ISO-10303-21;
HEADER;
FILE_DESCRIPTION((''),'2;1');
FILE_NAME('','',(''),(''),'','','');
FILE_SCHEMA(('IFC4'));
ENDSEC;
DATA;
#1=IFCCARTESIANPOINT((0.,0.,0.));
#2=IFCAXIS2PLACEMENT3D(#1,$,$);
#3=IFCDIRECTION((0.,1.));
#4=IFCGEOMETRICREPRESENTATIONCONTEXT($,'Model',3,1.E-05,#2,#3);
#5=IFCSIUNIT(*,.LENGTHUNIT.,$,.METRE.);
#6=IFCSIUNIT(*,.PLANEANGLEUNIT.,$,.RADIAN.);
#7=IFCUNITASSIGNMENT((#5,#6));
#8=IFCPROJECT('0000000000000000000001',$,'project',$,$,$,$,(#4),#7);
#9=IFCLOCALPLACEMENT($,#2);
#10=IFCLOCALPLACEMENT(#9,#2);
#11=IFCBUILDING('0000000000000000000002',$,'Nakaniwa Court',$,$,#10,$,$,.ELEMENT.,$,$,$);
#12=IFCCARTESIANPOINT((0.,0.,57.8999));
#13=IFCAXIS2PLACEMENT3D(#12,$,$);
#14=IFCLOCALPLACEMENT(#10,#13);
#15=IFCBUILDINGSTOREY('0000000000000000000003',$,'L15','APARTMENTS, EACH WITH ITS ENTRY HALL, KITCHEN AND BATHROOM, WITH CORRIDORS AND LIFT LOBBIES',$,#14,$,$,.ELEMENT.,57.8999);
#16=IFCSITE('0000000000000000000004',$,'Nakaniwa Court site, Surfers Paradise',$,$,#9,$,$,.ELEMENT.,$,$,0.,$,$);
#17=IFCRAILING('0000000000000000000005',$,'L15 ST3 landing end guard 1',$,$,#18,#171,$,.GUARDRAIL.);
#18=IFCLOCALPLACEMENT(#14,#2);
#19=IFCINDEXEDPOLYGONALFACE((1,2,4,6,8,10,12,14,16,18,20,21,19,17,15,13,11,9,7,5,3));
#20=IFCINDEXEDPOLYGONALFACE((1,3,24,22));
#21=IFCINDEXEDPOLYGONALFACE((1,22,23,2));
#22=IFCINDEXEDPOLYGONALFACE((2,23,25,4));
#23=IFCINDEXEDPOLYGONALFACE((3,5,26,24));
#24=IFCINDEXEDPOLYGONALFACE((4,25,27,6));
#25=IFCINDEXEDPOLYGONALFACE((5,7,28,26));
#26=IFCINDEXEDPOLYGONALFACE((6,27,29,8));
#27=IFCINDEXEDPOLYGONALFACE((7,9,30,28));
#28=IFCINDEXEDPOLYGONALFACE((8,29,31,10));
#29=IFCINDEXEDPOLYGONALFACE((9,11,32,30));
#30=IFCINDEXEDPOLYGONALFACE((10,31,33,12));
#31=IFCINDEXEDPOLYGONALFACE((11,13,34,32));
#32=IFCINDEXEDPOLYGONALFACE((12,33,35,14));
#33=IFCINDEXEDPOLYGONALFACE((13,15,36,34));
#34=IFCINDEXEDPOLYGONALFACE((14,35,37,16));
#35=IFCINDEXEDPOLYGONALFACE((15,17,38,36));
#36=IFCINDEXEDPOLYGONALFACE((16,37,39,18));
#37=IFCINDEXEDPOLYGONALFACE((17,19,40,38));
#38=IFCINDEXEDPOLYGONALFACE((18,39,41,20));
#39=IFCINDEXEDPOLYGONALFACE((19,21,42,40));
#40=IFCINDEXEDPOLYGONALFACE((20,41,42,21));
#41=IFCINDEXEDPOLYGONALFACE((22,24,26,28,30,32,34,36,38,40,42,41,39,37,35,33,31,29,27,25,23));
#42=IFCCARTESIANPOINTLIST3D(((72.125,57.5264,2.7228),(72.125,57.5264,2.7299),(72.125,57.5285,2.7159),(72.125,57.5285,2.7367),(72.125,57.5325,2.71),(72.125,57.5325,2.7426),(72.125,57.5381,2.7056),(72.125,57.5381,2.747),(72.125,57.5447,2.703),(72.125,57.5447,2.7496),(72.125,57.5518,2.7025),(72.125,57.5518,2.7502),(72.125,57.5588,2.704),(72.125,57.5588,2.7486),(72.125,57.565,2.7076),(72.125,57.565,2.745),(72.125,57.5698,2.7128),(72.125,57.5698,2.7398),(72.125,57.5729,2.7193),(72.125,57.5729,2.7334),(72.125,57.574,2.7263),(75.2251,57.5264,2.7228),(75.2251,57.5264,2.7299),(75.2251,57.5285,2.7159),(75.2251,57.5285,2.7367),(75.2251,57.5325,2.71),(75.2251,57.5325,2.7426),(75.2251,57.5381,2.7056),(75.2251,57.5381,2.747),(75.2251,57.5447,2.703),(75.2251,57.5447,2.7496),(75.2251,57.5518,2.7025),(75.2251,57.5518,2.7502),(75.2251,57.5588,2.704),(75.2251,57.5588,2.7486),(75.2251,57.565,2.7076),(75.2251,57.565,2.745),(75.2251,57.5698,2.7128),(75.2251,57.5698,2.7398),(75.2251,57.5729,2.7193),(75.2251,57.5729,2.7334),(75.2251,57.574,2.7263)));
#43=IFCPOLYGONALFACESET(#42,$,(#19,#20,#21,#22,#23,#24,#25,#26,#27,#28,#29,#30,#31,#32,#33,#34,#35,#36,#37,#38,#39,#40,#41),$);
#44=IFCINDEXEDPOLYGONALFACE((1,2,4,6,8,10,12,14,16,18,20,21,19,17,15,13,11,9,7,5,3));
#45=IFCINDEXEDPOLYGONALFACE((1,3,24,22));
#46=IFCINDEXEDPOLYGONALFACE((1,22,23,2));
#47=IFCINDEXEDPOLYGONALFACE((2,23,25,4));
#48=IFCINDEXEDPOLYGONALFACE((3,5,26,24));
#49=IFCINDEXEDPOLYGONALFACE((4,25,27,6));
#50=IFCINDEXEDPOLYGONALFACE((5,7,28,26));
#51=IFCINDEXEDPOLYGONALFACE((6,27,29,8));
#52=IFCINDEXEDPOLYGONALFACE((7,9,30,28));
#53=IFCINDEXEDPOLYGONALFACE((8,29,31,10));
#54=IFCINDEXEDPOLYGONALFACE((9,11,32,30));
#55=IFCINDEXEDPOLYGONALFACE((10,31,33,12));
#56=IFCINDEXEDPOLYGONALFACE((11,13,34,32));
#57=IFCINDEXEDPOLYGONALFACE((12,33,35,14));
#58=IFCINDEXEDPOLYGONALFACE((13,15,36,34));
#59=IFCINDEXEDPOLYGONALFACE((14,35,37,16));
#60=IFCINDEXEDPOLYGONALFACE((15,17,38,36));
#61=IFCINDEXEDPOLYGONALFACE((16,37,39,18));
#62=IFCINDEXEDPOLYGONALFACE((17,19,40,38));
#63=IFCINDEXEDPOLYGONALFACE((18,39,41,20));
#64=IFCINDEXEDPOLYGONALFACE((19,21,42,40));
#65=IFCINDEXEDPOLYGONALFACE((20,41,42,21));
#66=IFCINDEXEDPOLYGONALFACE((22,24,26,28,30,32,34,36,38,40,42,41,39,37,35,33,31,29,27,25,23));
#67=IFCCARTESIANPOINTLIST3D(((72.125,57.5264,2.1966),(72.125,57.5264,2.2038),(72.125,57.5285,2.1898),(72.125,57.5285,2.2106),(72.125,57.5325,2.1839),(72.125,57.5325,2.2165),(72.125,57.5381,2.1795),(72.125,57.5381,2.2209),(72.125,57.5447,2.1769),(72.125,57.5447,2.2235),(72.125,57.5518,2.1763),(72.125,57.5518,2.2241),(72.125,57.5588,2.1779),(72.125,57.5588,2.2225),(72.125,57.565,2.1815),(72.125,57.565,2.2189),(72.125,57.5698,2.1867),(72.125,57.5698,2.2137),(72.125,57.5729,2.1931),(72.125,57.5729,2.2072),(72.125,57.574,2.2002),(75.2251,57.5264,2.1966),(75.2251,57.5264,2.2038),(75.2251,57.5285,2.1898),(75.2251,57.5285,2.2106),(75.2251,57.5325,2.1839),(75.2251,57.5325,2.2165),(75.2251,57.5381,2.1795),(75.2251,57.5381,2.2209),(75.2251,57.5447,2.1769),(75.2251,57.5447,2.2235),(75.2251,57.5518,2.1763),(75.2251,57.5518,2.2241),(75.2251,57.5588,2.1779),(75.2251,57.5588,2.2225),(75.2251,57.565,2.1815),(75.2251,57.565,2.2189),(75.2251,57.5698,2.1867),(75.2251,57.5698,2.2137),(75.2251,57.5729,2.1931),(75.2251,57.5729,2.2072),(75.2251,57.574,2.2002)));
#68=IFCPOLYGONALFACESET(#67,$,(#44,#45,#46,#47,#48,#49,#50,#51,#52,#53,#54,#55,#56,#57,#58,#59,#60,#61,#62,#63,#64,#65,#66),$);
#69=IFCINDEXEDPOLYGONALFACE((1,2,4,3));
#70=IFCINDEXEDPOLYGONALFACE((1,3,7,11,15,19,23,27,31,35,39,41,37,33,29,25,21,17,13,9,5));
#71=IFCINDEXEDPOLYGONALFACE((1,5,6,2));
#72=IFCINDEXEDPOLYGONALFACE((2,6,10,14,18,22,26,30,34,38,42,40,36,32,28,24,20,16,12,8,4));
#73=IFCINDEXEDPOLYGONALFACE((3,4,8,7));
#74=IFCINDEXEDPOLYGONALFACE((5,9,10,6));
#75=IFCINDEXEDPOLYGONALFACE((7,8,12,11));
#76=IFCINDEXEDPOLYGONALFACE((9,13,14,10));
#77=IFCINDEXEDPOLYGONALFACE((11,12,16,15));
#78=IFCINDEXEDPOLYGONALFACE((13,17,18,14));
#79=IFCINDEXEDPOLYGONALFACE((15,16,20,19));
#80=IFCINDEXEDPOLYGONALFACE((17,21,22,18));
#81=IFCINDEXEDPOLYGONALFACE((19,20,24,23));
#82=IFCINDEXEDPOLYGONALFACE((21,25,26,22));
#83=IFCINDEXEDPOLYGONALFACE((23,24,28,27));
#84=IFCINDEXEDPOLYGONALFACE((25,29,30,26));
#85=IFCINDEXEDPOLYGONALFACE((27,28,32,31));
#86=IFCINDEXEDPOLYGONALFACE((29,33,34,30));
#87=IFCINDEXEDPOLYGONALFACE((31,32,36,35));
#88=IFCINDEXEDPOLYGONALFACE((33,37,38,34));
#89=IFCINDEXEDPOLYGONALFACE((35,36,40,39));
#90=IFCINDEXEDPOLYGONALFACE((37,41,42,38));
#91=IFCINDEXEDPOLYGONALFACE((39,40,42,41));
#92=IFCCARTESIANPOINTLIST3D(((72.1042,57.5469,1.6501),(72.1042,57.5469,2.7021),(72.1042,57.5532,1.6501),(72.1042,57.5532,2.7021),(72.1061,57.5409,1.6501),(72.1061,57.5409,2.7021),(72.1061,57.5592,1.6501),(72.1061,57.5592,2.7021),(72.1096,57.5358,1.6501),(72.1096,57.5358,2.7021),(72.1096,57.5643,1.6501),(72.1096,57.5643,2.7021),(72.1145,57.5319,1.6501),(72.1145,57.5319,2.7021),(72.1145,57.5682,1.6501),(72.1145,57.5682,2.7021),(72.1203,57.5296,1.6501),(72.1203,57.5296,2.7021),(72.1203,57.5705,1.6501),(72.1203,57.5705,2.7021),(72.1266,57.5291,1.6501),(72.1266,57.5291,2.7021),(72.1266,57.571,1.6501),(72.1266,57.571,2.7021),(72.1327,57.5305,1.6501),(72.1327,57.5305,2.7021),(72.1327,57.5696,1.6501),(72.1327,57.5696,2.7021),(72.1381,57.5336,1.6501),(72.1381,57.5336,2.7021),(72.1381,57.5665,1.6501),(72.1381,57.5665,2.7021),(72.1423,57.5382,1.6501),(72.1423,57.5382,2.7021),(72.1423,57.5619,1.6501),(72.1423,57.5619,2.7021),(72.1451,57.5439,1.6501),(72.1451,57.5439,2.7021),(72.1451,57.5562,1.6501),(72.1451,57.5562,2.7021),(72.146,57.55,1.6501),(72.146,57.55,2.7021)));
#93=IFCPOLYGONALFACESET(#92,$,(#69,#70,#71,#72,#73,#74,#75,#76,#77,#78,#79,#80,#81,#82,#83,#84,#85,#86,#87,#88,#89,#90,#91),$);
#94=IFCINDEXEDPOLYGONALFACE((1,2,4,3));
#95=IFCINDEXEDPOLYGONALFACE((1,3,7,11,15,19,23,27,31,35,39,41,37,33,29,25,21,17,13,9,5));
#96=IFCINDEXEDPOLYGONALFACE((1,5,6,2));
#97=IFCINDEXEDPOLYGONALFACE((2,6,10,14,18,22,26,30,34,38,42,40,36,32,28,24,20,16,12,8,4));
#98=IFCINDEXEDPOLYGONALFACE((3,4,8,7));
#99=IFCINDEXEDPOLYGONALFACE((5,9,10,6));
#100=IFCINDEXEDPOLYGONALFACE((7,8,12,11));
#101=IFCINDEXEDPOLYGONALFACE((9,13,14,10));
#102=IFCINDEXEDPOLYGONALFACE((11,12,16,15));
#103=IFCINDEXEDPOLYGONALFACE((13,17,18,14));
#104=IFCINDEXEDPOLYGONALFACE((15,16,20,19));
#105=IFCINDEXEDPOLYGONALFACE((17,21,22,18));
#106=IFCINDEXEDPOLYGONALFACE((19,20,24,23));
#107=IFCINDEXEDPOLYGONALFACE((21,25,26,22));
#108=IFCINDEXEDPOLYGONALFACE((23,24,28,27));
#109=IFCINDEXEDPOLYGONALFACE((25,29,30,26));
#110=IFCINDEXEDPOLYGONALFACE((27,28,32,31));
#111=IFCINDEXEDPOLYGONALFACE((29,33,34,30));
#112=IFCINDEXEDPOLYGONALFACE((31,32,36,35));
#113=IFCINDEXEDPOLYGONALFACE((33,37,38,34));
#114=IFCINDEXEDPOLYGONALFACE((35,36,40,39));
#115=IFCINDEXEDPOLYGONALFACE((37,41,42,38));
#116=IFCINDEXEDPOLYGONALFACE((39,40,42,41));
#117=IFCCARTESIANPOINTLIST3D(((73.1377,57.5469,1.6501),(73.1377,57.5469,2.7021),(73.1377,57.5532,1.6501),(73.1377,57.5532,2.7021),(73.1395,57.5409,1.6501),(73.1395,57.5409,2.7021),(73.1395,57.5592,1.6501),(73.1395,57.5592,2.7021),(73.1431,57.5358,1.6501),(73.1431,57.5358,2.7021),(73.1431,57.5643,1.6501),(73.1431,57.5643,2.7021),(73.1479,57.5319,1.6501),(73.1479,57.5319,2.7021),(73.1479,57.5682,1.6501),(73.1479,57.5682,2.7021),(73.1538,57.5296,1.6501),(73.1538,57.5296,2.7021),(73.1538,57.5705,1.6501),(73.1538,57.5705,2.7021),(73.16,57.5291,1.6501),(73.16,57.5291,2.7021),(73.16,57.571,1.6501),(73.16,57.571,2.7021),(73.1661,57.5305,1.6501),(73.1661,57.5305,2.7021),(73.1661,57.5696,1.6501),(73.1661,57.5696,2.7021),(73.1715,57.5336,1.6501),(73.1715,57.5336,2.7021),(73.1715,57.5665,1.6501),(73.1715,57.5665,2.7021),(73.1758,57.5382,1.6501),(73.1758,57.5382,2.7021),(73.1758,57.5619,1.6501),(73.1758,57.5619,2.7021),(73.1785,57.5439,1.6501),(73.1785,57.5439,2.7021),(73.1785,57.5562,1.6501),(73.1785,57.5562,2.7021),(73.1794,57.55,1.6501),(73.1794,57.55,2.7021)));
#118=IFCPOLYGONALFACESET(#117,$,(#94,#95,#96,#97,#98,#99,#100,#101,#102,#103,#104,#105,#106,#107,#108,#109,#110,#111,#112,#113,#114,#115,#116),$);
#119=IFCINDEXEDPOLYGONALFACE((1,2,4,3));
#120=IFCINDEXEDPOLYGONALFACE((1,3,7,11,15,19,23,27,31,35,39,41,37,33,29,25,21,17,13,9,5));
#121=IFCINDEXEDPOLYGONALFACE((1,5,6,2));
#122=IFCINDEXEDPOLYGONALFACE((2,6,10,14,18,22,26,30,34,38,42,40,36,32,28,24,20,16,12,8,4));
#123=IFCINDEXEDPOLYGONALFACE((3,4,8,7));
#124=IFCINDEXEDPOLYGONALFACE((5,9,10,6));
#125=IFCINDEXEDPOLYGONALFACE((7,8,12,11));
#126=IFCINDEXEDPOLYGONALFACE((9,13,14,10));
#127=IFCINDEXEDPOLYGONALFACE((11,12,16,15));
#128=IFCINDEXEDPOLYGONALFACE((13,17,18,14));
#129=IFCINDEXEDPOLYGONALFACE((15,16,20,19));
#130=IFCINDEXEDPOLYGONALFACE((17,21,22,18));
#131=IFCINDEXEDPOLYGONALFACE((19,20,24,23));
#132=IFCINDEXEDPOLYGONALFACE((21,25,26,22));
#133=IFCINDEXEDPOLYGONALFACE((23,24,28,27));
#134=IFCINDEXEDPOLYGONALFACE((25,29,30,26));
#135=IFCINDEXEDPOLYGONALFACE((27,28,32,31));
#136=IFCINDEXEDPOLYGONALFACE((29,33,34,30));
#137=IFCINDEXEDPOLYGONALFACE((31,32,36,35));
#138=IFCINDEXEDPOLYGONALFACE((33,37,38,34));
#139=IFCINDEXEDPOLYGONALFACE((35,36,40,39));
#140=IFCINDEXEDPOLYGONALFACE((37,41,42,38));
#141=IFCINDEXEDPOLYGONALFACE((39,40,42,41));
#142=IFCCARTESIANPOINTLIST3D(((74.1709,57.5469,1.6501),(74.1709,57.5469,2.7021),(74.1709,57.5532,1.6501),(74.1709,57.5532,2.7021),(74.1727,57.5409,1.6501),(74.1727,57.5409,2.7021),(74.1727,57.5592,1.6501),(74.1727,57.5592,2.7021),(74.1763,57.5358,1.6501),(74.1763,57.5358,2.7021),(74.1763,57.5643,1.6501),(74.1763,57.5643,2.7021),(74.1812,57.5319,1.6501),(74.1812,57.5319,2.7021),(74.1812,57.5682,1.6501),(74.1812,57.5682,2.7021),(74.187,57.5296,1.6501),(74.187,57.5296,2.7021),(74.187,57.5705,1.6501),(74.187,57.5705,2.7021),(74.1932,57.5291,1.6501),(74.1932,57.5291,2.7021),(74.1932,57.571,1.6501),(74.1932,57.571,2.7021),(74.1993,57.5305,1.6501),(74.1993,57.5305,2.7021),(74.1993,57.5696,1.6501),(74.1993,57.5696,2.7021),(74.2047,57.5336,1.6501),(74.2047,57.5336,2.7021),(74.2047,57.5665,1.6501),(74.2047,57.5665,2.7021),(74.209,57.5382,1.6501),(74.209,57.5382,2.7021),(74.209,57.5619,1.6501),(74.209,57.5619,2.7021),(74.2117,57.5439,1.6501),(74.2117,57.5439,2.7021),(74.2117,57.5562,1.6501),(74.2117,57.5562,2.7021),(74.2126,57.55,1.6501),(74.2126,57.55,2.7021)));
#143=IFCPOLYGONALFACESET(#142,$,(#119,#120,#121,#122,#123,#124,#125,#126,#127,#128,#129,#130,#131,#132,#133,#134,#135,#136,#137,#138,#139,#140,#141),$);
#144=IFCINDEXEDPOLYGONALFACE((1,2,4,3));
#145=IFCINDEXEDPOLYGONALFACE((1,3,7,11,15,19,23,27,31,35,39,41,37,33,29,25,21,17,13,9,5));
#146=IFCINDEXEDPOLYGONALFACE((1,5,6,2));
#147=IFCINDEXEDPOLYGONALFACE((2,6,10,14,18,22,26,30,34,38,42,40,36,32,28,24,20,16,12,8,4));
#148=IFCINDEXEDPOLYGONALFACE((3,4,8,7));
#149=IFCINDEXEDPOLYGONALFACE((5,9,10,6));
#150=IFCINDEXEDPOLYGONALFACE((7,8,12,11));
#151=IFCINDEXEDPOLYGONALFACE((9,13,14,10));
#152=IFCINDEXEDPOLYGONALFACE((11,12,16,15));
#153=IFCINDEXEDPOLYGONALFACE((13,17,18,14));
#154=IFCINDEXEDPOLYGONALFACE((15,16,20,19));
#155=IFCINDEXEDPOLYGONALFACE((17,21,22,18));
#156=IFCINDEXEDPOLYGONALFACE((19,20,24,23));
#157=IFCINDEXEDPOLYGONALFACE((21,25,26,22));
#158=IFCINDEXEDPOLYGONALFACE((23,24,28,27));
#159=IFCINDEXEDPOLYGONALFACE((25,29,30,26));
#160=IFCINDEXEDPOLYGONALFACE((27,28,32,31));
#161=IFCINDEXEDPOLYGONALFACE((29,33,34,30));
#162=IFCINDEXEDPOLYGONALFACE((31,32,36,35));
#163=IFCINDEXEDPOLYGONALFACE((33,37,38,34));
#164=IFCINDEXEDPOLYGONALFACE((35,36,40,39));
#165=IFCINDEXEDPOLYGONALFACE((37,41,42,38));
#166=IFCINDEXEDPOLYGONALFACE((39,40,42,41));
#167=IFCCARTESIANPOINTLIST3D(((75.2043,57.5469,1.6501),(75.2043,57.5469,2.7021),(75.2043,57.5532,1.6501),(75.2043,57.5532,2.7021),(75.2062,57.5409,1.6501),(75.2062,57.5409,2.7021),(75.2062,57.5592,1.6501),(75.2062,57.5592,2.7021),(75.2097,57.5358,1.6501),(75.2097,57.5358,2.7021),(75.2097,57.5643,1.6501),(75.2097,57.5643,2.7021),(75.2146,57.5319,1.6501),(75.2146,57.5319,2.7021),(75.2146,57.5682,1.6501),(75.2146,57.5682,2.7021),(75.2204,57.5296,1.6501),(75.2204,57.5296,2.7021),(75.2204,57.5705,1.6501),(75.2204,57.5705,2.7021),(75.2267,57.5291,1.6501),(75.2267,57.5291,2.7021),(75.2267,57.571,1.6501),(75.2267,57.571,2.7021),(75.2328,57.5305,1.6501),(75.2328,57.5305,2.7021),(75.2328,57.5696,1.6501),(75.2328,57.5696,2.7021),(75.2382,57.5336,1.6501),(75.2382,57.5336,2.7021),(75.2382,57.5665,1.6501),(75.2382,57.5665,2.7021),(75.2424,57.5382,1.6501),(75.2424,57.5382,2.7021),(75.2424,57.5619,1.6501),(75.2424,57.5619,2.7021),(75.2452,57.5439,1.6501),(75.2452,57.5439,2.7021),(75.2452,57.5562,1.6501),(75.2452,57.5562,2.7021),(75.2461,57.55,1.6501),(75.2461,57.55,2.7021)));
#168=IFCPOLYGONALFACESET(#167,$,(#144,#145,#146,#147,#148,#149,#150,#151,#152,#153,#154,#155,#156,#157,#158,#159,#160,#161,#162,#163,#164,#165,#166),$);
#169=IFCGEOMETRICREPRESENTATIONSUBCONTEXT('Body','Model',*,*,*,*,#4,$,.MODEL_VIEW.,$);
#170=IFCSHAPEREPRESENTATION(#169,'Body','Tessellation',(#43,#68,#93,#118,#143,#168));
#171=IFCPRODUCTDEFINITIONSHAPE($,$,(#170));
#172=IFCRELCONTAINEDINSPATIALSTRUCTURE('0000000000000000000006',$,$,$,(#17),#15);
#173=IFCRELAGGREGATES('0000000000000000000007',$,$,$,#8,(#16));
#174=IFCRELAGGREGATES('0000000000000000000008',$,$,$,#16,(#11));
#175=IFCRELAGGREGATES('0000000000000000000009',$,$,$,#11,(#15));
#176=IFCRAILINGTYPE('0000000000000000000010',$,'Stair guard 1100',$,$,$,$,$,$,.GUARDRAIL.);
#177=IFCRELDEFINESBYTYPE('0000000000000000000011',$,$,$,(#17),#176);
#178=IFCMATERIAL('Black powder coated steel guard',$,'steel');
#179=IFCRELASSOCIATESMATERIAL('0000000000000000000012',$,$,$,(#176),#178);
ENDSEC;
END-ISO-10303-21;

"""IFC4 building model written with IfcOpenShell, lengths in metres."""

from ifc_helpers import new_model, si_unit, direction, frame, origin, origin_2d, place, context, subcontext, project, spatial, circle, extrude, material, type_object, element, save


model = new_model("IFC4")

# Units and contexts
model_context = context("Model", 3, precision=1e-05, world=origin(), true_north=direction((0.0, 1.0)))
body_context = subcontext(model_context, "Body", "Model", "MODEL_VIEW")
ifc_project = project(units=[si_unit("LENGTHUNIT", "METRE"), si_unit("PLANEANGLEUNIT", "RADIAN")], contexts=[model_context])

# Site, building, storey
site_placement = place(None, origin())
site = spatial("IfcSite", under=ifc_project, at=site_placement, Name="Nakaniwa Court site, Surfers Paradise", CompositionType="ELEMENT", RefElevation=0.0)
building_placement = place(site_placement, origin())
building = spatial("IfcBuilding", under=site, at=building_placement, Name="Nakaniwa Court", CompositionType="ELEMENT")
storey_placement = place(building_placement, frame((0.0, 0.0, 57.8999)))
storey = spatial("IfcBuildingStorey", under=building, at=storey_placement, Name="L15", Description="APARTMENTS, EACH WITH ITS ENTRY HALL, KITCHEN AND BATHROOM, WITH CORRIDORS AND LIFT LOBBIES", CompositionType="ELEMENT", Elevation=57.8999)

# Railing
ifc_material_1 = material(Name="Black powder coated steel guard", Category="steel")
railing_type_1 = type_object("IfcRailingType", Name="Stair guard 1100", PredefinedType="GUARDRAIL", material=ifc_material_1)
railing_1_placement = place(storey_placement, frame((72.125, 57.55, 1.6501)))
element("IfcRailing", 1, at=railing_1_placement, inside=storey, type_object=railing_type_1, Name="L15 ST3 landing end guard 1", PredefinedType="GUARDRAIL", context=body_context, shape_type="SweptSolid", body=[
    extrude(circle(Radius=0.0239, at=origin_2d()), frame((0.0, 0.0, 1.0762), z_axis=(1.0, 0.0, 0.0), x_axis=(0.0, 1.0, 0.0)), (0.0, 0.0, 1.0), 3.1001),
    extrude(circle(Radius=0.0239, at=origin_2d()), frame((0.0, 0.0, 0.55), z_axis=(1.0, 0.0, 0.0), x_axis=(0.0, 1.0, 0.0)), (0.0, 0.0, 1.0), 3.1001),
    extrude(circle(Radius=0.021, at=origin_2d()), origin(), (0.0, 0.0, 1.0), 1.052),
    extrude(circle(Radius=0.021, at=origin_2d()), frame((1.0334, 0.0, 0.0)), (0.0, 0.0, 1.0), 1.052),
    extrude(circle(Radius=0.021, at=origin_2d()), frame((2.0667, 0.0, 0.0)), (0.0, 0.0, 1.0), 1.052),
    extrude(circle(Radius=0.021, at=origin_2d()), frame((3.1001, 0.0, 0.0)), (0.0, 0.0, 1.0), 1.052),
])

save(model, "model.ifc")
